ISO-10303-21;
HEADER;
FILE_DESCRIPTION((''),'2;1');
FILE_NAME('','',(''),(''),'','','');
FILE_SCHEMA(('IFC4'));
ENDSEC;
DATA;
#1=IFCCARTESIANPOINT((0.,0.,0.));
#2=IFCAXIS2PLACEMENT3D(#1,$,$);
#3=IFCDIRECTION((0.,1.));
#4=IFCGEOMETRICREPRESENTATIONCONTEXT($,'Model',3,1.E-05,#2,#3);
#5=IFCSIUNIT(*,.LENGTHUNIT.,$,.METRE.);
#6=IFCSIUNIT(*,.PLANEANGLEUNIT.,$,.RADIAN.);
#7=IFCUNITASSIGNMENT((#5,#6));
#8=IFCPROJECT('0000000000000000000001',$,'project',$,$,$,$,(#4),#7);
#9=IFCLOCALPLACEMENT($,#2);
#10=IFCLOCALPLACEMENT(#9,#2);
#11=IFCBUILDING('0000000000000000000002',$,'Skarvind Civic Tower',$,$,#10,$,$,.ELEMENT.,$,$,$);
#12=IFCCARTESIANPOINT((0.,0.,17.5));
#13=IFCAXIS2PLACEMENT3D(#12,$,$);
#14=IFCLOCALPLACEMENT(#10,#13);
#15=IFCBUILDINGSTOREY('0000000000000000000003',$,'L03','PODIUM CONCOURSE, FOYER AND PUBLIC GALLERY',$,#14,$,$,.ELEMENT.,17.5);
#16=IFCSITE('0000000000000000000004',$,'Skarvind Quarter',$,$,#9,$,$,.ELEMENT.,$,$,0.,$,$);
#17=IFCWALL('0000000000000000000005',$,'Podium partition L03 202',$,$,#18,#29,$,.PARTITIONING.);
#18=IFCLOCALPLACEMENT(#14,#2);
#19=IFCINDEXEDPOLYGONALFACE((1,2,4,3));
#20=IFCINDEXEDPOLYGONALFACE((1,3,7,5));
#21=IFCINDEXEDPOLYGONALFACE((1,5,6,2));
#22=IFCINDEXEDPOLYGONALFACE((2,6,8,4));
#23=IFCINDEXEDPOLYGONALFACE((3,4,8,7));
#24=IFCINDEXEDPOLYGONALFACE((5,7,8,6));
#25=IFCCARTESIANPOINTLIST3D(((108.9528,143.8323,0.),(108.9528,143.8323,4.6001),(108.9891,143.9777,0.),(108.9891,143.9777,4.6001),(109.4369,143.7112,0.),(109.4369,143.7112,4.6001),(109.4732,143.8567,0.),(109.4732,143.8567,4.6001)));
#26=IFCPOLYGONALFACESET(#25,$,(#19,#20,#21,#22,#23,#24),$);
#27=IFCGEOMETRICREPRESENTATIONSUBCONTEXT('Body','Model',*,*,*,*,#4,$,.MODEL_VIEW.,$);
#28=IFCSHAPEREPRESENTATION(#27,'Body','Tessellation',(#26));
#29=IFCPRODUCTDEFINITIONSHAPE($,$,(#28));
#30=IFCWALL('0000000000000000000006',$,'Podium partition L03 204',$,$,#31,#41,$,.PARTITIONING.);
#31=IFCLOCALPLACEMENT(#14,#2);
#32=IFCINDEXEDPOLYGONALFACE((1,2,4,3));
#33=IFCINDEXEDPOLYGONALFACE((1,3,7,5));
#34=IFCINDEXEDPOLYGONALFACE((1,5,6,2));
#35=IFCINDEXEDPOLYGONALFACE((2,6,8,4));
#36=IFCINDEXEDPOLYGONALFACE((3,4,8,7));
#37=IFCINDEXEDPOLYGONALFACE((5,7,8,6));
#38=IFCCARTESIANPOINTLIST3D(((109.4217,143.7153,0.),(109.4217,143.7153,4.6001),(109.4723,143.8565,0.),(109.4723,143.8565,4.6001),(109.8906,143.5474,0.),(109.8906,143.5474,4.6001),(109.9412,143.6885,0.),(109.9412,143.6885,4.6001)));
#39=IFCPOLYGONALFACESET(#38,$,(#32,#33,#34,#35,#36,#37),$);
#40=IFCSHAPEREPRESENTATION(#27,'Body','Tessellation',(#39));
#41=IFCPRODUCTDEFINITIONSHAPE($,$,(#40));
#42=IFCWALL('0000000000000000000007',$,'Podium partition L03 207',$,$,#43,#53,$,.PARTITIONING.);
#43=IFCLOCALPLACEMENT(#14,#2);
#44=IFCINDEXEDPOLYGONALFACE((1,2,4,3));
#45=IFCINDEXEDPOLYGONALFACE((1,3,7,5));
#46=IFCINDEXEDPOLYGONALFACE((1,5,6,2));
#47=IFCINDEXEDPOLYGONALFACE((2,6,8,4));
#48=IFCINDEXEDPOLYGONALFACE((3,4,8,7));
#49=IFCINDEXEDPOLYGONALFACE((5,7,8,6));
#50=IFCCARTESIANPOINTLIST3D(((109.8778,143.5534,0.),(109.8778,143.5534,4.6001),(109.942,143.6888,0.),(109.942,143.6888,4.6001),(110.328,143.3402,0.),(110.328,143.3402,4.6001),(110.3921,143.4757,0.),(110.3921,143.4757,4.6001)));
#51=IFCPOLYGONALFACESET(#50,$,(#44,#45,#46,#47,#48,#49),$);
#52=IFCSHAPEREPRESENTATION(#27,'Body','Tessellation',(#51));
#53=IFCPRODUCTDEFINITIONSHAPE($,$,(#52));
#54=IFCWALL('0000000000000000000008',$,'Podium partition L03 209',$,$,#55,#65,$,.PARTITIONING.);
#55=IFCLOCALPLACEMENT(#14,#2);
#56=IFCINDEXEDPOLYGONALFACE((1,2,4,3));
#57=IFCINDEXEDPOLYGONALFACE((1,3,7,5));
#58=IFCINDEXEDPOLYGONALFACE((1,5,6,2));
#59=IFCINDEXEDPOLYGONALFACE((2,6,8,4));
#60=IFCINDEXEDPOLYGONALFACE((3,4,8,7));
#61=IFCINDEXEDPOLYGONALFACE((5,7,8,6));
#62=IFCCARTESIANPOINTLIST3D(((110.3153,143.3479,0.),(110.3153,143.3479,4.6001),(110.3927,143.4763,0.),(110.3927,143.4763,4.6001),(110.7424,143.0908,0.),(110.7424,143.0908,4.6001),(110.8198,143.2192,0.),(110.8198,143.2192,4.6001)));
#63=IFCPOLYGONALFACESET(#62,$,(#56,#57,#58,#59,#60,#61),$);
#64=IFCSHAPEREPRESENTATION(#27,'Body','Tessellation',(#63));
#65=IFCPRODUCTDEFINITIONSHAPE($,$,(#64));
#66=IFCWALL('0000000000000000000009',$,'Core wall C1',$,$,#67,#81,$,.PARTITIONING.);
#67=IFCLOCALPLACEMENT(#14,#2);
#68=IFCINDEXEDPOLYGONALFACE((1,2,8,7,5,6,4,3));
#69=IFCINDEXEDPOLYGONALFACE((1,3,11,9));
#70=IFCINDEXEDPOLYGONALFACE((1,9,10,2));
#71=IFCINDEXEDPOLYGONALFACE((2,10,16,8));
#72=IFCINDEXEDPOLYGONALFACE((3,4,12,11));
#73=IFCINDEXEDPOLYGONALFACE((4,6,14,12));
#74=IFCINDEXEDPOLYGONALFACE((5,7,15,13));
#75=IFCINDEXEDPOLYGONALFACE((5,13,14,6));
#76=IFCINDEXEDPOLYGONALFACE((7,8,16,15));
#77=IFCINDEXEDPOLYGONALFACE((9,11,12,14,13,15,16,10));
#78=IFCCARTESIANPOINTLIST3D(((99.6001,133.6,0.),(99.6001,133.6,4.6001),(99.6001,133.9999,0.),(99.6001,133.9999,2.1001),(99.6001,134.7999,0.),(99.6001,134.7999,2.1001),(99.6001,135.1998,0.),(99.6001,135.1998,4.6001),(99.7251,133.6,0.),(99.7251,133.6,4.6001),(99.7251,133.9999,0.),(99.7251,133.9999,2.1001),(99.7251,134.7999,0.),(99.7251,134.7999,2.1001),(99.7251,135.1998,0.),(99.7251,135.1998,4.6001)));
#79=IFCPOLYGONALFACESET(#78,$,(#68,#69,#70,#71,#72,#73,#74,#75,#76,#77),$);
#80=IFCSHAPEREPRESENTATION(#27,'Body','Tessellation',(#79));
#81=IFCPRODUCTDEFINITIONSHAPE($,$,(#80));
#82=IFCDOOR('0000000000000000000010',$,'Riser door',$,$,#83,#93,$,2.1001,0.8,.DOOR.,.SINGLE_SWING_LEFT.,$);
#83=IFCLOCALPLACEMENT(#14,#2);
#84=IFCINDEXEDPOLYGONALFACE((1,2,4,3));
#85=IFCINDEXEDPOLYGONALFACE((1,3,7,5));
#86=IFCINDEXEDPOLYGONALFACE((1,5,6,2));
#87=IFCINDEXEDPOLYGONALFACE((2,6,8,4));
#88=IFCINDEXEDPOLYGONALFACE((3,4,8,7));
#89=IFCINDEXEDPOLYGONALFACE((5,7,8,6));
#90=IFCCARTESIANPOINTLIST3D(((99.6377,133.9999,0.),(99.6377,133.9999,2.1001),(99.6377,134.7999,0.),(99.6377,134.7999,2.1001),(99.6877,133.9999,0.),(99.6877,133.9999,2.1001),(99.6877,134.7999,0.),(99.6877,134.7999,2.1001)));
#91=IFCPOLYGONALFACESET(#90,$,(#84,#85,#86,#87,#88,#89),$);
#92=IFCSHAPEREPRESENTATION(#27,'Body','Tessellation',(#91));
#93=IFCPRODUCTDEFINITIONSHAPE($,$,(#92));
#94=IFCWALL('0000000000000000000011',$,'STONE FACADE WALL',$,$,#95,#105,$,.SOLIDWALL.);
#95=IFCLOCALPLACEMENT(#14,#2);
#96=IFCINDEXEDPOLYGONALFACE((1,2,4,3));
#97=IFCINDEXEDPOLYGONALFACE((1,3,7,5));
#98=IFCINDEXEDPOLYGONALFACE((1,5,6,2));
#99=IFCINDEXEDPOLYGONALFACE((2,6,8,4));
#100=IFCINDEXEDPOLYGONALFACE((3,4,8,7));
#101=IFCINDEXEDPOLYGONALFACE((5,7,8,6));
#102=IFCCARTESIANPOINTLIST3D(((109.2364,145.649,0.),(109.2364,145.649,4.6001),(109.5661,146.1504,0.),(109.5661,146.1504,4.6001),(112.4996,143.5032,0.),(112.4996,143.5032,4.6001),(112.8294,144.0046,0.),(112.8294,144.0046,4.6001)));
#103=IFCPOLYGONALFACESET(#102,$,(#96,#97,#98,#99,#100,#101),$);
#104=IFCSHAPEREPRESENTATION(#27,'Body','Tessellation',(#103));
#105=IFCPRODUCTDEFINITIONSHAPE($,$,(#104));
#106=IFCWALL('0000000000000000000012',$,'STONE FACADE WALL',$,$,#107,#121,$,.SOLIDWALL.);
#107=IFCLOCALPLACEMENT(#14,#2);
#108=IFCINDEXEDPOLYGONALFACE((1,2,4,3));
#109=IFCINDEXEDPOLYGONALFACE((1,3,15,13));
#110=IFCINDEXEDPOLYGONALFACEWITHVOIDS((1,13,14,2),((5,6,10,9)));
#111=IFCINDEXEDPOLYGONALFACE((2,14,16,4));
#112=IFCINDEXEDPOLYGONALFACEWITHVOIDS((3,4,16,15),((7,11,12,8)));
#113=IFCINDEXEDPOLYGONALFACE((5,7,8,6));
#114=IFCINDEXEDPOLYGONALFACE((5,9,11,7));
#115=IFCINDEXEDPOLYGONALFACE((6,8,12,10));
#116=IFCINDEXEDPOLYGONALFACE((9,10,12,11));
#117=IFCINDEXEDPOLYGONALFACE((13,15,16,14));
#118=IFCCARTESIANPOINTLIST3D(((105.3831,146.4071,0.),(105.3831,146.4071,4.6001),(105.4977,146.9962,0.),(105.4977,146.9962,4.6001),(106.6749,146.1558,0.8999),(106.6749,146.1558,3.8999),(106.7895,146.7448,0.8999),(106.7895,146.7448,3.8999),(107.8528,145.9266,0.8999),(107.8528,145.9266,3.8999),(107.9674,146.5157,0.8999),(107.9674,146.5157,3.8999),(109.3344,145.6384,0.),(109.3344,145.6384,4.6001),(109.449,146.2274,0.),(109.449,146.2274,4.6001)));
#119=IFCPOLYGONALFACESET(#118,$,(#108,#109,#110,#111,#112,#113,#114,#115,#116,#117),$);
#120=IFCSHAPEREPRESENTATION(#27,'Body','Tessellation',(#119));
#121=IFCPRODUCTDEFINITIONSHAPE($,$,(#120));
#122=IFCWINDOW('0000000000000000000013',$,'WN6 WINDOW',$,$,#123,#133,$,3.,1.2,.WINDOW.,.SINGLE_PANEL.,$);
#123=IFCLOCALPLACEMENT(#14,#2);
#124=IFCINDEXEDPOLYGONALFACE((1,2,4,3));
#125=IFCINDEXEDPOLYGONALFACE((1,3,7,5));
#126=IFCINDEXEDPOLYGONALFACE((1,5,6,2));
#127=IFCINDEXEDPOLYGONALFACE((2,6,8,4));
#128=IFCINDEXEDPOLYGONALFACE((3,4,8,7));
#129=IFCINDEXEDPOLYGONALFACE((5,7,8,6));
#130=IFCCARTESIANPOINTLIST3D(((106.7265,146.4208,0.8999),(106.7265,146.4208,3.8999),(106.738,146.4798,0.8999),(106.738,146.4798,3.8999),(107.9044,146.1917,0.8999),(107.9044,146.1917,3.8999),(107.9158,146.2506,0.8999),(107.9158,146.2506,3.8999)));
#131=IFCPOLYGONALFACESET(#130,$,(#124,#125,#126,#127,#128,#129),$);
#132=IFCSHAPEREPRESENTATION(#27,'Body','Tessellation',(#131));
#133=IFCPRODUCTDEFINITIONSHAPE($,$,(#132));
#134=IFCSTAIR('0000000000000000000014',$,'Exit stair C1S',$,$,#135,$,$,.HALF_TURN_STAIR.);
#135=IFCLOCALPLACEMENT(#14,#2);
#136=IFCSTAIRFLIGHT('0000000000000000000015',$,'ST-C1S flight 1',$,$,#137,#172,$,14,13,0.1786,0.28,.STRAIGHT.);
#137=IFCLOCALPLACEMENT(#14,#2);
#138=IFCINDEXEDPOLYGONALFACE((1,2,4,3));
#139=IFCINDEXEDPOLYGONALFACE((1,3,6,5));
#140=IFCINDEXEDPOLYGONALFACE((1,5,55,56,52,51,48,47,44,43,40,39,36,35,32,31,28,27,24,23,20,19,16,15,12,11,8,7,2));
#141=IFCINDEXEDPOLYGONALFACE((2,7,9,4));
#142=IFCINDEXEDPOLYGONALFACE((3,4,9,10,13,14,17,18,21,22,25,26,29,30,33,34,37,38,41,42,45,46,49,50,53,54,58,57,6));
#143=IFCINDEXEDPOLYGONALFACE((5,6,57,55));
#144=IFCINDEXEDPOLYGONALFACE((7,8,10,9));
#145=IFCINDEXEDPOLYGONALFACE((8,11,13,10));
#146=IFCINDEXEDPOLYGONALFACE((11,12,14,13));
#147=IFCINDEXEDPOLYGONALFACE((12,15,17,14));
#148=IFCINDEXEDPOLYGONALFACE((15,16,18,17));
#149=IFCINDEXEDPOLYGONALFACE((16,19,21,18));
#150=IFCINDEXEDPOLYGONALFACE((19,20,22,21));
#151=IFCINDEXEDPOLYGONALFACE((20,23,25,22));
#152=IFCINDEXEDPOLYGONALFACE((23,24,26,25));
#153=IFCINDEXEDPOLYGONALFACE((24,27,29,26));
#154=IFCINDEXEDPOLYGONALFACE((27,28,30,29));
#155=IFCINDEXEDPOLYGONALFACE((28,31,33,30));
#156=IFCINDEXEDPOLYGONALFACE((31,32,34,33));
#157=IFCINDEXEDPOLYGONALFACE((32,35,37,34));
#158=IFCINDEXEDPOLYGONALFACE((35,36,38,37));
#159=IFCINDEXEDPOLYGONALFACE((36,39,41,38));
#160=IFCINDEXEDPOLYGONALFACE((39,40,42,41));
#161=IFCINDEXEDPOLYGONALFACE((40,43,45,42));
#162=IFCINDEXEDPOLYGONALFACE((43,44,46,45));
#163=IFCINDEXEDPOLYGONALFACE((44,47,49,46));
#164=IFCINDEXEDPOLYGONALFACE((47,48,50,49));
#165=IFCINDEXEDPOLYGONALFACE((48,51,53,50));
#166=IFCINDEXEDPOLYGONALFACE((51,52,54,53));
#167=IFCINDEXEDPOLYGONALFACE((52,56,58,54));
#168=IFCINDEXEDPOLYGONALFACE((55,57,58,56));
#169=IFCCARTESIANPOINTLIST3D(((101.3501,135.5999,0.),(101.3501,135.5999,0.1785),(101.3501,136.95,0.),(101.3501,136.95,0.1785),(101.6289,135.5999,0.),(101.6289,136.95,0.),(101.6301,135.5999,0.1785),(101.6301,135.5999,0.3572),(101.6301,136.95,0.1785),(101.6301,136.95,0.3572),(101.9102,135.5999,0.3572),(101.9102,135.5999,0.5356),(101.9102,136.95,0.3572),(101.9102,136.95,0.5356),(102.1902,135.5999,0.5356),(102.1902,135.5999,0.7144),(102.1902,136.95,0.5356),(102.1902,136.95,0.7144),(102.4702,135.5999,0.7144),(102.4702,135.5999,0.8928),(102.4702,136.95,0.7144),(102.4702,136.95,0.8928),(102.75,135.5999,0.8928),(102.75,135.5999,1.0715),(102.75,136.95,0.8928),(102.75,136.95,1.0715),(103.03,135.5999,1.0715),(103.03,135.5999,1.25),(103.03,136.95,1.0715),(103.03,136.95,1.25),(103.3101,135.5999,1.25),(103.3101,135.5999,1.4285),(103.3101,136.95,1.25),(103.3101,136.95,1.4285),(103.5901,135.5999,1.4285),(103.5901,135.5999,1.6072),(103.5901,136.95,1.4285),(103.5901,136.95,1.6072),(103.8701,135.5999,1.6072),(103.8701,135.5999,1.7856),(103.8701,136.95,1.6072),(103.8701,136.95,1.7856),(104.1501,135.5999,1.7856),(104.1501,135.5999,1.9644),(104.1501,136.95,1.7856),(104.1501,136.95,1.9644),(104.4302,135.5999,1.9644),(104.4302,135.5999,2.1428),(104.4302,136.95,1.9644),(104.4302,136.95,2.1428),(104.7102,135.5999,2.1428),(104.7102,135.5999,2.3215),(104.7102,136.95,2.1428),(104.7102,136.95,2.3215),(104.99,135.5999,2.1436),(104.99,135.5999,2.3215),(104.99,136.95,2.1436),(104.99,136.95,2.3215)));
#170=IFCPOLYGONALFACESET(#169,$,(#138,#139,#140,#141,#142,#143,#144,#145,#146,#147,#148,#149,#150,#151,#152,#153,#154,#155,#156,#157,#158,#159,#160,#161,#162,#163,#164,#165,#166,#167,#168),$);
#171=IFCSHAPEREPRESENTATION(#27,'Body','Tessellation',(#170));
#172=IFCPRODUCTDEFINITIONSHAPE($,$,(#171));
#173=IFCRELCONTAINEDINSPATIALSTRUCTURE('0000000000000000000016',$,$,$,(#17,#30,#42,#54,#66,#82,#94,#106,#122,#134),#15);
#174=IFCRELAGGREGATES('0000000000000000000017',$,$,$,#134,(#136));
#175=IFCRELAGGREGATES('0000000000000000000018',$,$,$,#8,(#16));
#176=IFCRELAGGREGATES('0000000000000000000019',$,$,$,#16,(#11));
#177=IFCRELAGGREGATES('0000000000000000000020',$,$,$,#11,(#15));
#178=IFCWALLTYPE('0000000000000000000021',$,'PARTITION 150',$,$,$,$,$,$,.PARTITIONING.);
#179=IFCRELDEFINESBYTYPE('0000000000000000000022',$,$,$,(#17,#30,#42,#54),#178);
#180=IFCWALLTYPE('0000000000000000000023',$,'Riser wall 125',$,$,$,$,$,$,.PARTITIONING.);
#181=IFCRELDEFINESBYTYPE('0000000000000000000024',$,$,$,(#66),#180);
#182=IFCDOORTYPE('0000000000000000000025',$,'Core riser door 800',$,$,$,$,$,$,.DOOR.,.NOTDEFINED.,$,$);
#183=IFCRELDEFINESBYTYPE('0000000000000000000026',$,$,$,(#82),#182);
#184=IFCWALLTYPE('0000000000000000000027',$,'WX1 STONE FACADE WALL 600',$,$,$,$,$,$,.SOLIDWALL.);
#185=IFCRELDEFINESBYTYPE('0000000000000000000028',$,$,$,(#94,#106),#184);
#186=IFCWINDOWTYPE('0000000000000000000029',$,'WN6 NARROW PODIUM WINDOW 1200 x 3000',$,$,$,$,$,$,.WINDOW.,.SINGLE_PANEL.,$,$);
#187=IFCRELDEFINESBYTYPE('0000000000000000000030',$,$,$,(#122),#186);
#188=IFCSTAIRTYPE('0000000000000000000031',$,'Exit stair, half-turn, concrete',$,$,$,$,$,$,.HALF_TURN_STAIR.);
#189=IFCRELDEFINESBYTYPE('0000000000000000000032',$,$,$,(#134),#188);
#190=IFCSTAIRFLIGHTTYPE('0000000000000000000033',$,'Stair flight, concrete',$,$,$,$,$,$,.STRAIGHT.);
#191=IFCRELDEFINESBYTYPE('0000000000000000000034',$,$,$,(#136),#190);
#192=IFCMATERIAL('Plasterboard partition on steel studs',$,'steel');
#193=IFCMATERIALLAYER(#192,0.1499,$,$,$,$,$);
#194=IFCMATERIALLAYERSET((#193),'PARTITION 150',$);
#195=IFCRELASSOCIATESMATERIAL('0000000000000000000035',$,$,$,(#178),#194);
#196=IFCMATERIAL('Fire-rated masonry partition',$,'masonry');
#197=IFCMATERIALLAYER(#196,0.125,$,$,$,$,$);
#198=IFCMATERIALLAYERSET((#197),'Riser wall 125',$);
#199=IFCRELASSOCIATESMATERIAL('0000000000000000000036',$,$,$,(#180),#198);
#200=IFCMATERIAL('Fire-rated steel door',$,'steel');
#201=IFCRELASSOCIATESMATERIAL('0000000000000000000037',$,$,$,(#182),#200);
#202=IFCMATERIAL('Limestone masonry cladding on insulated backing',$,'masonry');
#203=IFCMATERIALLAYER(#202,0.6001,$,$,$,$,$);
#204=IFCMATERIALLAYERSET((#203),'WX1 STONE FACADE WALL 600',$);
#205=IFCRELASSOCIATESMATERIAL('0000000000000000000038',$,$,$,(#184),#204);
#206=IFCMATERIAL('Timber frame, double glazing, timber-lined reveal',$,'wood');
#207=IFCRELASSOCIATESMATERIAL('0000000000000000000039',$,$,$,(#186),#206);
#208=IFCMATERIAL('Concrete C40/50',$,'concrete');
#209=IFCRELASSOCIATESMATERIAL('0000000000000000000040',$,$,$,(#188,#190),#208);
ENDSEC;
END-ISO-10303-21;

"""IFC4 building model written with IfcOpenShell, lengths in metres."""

from ifc_helpers import new_model, si_unit, direction, frame, frame_2d, origin, place, context, subcontext, project, spatial, polyline, rectangle, outline, extrude, material, layer, layer_set, type_object, element, fill, aggregate, save


model = new_model("IFC4")

# Units and contexts
model_context = context("Model", 3, precision=1e-05, world=origin(), true_north=direction((0.0, 1.0)))
body_context = subcontext(model_context, "Body", "Model", "MODEL_VIEW")
ifc_project = project(units=[si_unit("LENGTHUNIT", "METRE"), si_unit("PLANEANGLEUNIT", "RADIAN")], contexts=[model_context])

# Site, building, storey
site_placement = place(None, origin())
site = spatial("IfcSite", under=ifc_project, at=site_placement, Name="Skarvind Quarter", CompositionType="ELEMENT", RefElevation=0.0)
building_placement = place(site_placement, origin())
building = spatial("IfcBuilding", under=site, at=building_placement, Name="Skarvind Civic Tower", CompositionType="ELEMENT")
storey_placement = place(building_placement, frame((0.0, 0.0, 17.5)))
storey = spatial("IfcBuildingStorey", under=building, at=storey_placement, Name="L03", Description="PODIUM CONCOURSE, FOYER AND PUBLIC GALLERY", CompositionType="ELEMENT", Elevation=17.5)

# Shared definitions
ifc_material_1 = material(Name="Fire-rated steel door", Category="steel")

# Walls
ifc_material_2 = material(Name="Plasterboard partition on steel studs", Category="steel")
ifc_layer_1 = layer(ifc_material_2, 0.1499)
ifc_layer_set_1 = layer_set([ifc_layer_1], Name="PARTITION 150")
wall_type_1 = type_object("IfcWallType", Name="PARTITION 150", PredefinedType="PARTITIONING", material=ifc_layer_set_1)
wall_1_placement = place(storey_placement, frame((108.9709, 143.905, 0.0), z_axis=(0.0, 0.0, 1.0), x_axis=(0.970114, -0.242651, 0.0)))
element("IfcWall", 1, at=wall_1_placement, inside=storey, type_object=wall_type_1, Name="Podium partition L03 202", PredefinedType="PARTITIONING", context=body_context, shape_type="SweptSolid", body=[
    extrude(rectangle(XDim=0.499, YDim=0.1499, at=frame_2d((0.2495, 0.0))), origin(), (0.0, 0.0, 1.0), 4.6001),
])
for number, where, z_axis, x_axis, name in (
    (2, (109.447, 143.7859, 0.0), (0.0, 0.0, 1.0), (0.941442, -0.337174, 0.0), "Podium partition L03 204"),
    (3, (109.9099, 143.6211, 0.0), (0.0, 0.0, 1.0), (0.903828, -0.427897, 0.0), "Podium partition L03 207"),
):
    element("IfcWall", number, at=place(storey_placement, frame(where, z_axis=z_axis, x_axis=x_axis)), inside=storey, type_object=wall_type_1, Name=name, PredefinedType="PARTITIONING", context=body_context, shape_type="SweptSolid", body=[
        extrude(rectangle(XDim=0.498, YDim=0.1499, at=frame_2d((0.249, 0.0))), origin(), (0.0, 0.0, 1.0), 4.6001),
    ])
wall_2_placement = place(storey_placement, frame((110.354, 143.4121, 0.0), z_axis=(0.0, 0.0, 1.0), x_axis=(0.856714, -0.515792, 0.0)))
element("IfcWall", 4, at=wall_2_placement, inside=storey, type_object=wall_type_1, Name="Podium partition L03 209", PredefinedType="PARTITIONING", context=body_context, shape_type="SweptSolid", body=[
    extrude(rectangle(XDim=0.4985, YDim=0.1499, at=frame_2d((0.2493, 0.0))), origin(), (0.0, 0.0, 1.0), 4.6001),
])

# Wall, opening, door
ifc_material_3 = material(Name="Fire-rated masonry partition", Category="masonry")
ifc_layer_2 = layer(ifc_material_3, 0.125)
ifc_layer_set_2 = layer_set([ifc_layer_2], Name="Riser wall 125")
wall_type_2 = type_object("IfcWallType", Name="Riser wall 125", PredefinedType="PARTITIONING", material=ifc_layer_set_2)
wall_3_placement = place(storey_placement, frame((99.6626, 133.6001, 0.0), z_axis=(0.0, 0.0, 1.0), x_axis=(0.0, 1.0, 0.0)))
wall_3 = element("IfcWall", 5, at=wall_3_placement, inside=storey, type_object=wall_type_2, Name="Core wall C1", PredefinedType="PARTITIONING", context=body_context, shape_type="SweptSolid", body=[
    extrude(rectangle(XDim=1.5999, YDim=0.125, at=frame_2d((0.7998, 0.0))), origin(), (0.0, 0.0, 1.0), 4.6001),
])
opening_1_placement = place(wall_3_placement, frame((0.3999, 0.0, 0.0)))
opening_1 = element("IfcOpeningElement", 6, at=opening_1_placement, cuts=wall_3, PredefinedType="OPENING", context=body_context, shape_type="SweptSolid", body=[
    extrude(rectangle(XDim=0.8, YDim=2.1001, at=frame_2d((0.3999, 1.05))), frame((0.0, 0.0725, 0.0), z_axis=(0.0, -1.0, 0.0), x_axis=(1.0, 0.0, 0.0)), (0.0, 0.0, 1.0), 0.145),
])
door_type_1 = type_object("IfcDoorType", Name="Core riser door 800", OperationType="NOTDEFINED", PredefinedType="DOOR", material=ifc_material_1)
door_1_placement = place(opening_1_placement, origin())
door_1 = element("IfcDoor", 7, at=door_1_placement, inside=storey, type_object=door_type_1, Name="Riser door", OperationType="SINGLE_SWING_LEFT", OverallHeight=2.1001, OverallWidth=0.8, PredefinedType="DOOR", context=body_context, shape_type="SweptSolid", body=[
    extrude(rectangle(XDim=0.8, YDim=2.1001, at=frame_2d((0.3999, 1.05))), frame((0.0, 0.0249, 0.0), z_axis=(0.0, -1.0, 0.0), x_axis=(1.0, 0.0, 0.0)), (0.0, 0.0, 1.0), 0.05),
])
fill(opening_1, door_1)

# Wall
ifc_material_4 = material(Name="Limestone masonry cladding on insulated backing", Category="masonry")
ifc_layer_3 = layer(ifc_material_4, 0.6001)
ifc_layer_set_3 = layer_set([ifc_layer_3], Name="WX1 STONE FACADE WALL 600")
wall_type_3 = type_object("IfcWallType", Name="WX1 STONE FACADE WALL 600", PredefinedType="SOLIDWALL", material=ifc_layer_set_3)
wall_4_placement = place(storey_placement, frame((109.4014, 145.8997, 0.0), z_axis=(0.0, 0.0, 1.0), x_axis=(0.835544, -0.549424, 0.0)))
element("IfcWall", 8, at=wall_4_placement, inside=storey, type_object=wall_type_3, Name="STONE FACADE WALL", PredefinedType="SOLIDWALL", context=body_context, shape_type="SweptSolid", body=[
    extrude(rectangle(XDim=3.9055, YDim=0.6001, at=frame_2d((1.9526, 0.0))), origin(), (0.0, 0.0, 1.0), 4.6001),
])

# Wall, opening, window
wall_5_placement = place(storey_placement, frame((105.4404, 146.7017, 0.0), z_axis=(0.0, 0.0, 1.0), x_axis=(0.981594, -0.190982, 0.0)))
wall_5 = element("IfcWall", 9, at=wall_5_placement, inside=storey, type_object=wall_type_3, Name="STONE FACADE WALL", PredefinedType="SOLIDWALL", context=body_context, shape_type="SweptSolid", body=[
    extrude(rectangle(XDim=4.0254, YDim=0.6001, at=frame_2d((2.0127, 0.0))), origin(), (0.0, 0.0, 1.0), 4.6001),
])
opening_2_placement = place(wall_5_placement, frame((1.3159, 0.0, 0.8999)))
opening_2 = element("IfcOpeningElement", 10, at=opening_2_placement, cuts=wall_5, PredefinedType="OPENING", context=body_context, shape_type="SweptSolid", body=[
    extrude(rectangle(XDim=1.2, YDim=3.0, at=frame_2d((0.6001, 1.5))), frame((0.0, 0.3101, 0.0), z_axis=(0.0, -1.0, 0.0), x_axis=(1.0, 0.0, 0.0)), (0.0, 0.0, 1.0), 0.6201),
])
ifc_material_5 = material(Name="Timber frame, double glazing, timber-lined reveal", Category="wood")
window_type = type_object("IfcWindowType", Name="WN6 NARROW PODIUM WINDOW 1200 x 3000", PartitioningType="SINGLE_PANEL", PredefinedType="WINDOW", material=ifc_material_5)
window_placement = place(opening_2_placement, origin())
window = element("IfcWindow", 11, at=window_placement, inside=storey, type_object=window_type, Name="WN6 WINDOW", OverallHeight=3.0, OverallWidth=1.2, PartitioningType="SINGLE_PANEL", PredefinedType="WINDOW", context=body_context, shape_type="SweptSolid", body=[
    extrude(rectangle(XDim=1.2, YDim=3.0, at=frame_2d((0.6001, 1.5))), frame((0.0, 0.03, 0.0), z_axis=(0.0, -1.0, 0.0), x_axis=(1.0, 0.0, 0.0)), (0.0, 0.0, 1.0), 0.0601),
])
fill(opening_2, window)

# Stair, stair flight
ifc_material_6 = material(Name="Concrete C40/50", Category="concrete")
stair_type = type_object("IfcStairType", Name="Exit stair, half-turn, concrete", PredefinedType="HALF_TURN_STAIR", material=ifc_material_6)
stair_placement = place(storey_placement, origin())
stair = element("IfcStair", 12, at=stair_placement, inside=storey, type_object=stair_type, Name="Exit stair C1S", PredefinedType="HALF_TURN_STAIR")
stair_flight_type = type_object("IfcStairFlightType", Name="Stair flight, concrete", PredefinedType="STRAIGHT", material=ifc_material_6)
stair_flight_1_placement = place(storey_placement, frame((101.3501, 136.2749, 0.0), z_axis=(0.0, 0.0, 1.0), x_axis=(1.0, 0.0, 0.0)))
stair_flight_1 = element("IfcStairFlight", 13, at=stair_flight_1_placement, type_object=stair_flight_type, Name="ST-C1S flight 1", NumberOfRisers=14, NumberOfTreads=13, PredefinedType="STRAIGHT", RiserHeight=0.1786, TreadLength=0.28, context=body_context, shape_type="SweptSolid", body=[
    extrude(outline(polyline([(0.0, 0.0), (0.0, 0.1785), (0.28, 0.1785), (0.28, 0.3572), (0.5601, 0.3572), (0.5601, 0.5356), (0.8401, 0.5356), (0.8401, 0.7144), (1.1201, 0.7144), (1.1201, 0.8928), (1.3999, 0.8928), (1.3999, 1.0715), (1.6799, 1.0715), (1.6799, 1.25), (1.96, 1.25), (1.96, 1.4285), (2.24, 1.4285), (2.24, 1.6072), (2.52, 1.6072), (2.52, 1.7856), (2.8, 1.7856), (2.8, 1.9644), (3.0801, 1.9644), (3.0801, 2.1428), (3.3601, 2.1428), (3.3601, 2.3215), (3.6399, 2.3215), (3.6399, 2.5), (3.6399, 2.1436), (0.2788, 0.0), (0.0, 0.0)])), frame((0.0, 0.675, 0.0), z_axis=(0.0, -1.0, 0.0), x_axis=(1.0, 0.0, 0.0)), (0.0, 0.0, 1.0), 1.3501),
])
aggregate(stair, [stair_flight_1])

save(model, "model.ifc")
